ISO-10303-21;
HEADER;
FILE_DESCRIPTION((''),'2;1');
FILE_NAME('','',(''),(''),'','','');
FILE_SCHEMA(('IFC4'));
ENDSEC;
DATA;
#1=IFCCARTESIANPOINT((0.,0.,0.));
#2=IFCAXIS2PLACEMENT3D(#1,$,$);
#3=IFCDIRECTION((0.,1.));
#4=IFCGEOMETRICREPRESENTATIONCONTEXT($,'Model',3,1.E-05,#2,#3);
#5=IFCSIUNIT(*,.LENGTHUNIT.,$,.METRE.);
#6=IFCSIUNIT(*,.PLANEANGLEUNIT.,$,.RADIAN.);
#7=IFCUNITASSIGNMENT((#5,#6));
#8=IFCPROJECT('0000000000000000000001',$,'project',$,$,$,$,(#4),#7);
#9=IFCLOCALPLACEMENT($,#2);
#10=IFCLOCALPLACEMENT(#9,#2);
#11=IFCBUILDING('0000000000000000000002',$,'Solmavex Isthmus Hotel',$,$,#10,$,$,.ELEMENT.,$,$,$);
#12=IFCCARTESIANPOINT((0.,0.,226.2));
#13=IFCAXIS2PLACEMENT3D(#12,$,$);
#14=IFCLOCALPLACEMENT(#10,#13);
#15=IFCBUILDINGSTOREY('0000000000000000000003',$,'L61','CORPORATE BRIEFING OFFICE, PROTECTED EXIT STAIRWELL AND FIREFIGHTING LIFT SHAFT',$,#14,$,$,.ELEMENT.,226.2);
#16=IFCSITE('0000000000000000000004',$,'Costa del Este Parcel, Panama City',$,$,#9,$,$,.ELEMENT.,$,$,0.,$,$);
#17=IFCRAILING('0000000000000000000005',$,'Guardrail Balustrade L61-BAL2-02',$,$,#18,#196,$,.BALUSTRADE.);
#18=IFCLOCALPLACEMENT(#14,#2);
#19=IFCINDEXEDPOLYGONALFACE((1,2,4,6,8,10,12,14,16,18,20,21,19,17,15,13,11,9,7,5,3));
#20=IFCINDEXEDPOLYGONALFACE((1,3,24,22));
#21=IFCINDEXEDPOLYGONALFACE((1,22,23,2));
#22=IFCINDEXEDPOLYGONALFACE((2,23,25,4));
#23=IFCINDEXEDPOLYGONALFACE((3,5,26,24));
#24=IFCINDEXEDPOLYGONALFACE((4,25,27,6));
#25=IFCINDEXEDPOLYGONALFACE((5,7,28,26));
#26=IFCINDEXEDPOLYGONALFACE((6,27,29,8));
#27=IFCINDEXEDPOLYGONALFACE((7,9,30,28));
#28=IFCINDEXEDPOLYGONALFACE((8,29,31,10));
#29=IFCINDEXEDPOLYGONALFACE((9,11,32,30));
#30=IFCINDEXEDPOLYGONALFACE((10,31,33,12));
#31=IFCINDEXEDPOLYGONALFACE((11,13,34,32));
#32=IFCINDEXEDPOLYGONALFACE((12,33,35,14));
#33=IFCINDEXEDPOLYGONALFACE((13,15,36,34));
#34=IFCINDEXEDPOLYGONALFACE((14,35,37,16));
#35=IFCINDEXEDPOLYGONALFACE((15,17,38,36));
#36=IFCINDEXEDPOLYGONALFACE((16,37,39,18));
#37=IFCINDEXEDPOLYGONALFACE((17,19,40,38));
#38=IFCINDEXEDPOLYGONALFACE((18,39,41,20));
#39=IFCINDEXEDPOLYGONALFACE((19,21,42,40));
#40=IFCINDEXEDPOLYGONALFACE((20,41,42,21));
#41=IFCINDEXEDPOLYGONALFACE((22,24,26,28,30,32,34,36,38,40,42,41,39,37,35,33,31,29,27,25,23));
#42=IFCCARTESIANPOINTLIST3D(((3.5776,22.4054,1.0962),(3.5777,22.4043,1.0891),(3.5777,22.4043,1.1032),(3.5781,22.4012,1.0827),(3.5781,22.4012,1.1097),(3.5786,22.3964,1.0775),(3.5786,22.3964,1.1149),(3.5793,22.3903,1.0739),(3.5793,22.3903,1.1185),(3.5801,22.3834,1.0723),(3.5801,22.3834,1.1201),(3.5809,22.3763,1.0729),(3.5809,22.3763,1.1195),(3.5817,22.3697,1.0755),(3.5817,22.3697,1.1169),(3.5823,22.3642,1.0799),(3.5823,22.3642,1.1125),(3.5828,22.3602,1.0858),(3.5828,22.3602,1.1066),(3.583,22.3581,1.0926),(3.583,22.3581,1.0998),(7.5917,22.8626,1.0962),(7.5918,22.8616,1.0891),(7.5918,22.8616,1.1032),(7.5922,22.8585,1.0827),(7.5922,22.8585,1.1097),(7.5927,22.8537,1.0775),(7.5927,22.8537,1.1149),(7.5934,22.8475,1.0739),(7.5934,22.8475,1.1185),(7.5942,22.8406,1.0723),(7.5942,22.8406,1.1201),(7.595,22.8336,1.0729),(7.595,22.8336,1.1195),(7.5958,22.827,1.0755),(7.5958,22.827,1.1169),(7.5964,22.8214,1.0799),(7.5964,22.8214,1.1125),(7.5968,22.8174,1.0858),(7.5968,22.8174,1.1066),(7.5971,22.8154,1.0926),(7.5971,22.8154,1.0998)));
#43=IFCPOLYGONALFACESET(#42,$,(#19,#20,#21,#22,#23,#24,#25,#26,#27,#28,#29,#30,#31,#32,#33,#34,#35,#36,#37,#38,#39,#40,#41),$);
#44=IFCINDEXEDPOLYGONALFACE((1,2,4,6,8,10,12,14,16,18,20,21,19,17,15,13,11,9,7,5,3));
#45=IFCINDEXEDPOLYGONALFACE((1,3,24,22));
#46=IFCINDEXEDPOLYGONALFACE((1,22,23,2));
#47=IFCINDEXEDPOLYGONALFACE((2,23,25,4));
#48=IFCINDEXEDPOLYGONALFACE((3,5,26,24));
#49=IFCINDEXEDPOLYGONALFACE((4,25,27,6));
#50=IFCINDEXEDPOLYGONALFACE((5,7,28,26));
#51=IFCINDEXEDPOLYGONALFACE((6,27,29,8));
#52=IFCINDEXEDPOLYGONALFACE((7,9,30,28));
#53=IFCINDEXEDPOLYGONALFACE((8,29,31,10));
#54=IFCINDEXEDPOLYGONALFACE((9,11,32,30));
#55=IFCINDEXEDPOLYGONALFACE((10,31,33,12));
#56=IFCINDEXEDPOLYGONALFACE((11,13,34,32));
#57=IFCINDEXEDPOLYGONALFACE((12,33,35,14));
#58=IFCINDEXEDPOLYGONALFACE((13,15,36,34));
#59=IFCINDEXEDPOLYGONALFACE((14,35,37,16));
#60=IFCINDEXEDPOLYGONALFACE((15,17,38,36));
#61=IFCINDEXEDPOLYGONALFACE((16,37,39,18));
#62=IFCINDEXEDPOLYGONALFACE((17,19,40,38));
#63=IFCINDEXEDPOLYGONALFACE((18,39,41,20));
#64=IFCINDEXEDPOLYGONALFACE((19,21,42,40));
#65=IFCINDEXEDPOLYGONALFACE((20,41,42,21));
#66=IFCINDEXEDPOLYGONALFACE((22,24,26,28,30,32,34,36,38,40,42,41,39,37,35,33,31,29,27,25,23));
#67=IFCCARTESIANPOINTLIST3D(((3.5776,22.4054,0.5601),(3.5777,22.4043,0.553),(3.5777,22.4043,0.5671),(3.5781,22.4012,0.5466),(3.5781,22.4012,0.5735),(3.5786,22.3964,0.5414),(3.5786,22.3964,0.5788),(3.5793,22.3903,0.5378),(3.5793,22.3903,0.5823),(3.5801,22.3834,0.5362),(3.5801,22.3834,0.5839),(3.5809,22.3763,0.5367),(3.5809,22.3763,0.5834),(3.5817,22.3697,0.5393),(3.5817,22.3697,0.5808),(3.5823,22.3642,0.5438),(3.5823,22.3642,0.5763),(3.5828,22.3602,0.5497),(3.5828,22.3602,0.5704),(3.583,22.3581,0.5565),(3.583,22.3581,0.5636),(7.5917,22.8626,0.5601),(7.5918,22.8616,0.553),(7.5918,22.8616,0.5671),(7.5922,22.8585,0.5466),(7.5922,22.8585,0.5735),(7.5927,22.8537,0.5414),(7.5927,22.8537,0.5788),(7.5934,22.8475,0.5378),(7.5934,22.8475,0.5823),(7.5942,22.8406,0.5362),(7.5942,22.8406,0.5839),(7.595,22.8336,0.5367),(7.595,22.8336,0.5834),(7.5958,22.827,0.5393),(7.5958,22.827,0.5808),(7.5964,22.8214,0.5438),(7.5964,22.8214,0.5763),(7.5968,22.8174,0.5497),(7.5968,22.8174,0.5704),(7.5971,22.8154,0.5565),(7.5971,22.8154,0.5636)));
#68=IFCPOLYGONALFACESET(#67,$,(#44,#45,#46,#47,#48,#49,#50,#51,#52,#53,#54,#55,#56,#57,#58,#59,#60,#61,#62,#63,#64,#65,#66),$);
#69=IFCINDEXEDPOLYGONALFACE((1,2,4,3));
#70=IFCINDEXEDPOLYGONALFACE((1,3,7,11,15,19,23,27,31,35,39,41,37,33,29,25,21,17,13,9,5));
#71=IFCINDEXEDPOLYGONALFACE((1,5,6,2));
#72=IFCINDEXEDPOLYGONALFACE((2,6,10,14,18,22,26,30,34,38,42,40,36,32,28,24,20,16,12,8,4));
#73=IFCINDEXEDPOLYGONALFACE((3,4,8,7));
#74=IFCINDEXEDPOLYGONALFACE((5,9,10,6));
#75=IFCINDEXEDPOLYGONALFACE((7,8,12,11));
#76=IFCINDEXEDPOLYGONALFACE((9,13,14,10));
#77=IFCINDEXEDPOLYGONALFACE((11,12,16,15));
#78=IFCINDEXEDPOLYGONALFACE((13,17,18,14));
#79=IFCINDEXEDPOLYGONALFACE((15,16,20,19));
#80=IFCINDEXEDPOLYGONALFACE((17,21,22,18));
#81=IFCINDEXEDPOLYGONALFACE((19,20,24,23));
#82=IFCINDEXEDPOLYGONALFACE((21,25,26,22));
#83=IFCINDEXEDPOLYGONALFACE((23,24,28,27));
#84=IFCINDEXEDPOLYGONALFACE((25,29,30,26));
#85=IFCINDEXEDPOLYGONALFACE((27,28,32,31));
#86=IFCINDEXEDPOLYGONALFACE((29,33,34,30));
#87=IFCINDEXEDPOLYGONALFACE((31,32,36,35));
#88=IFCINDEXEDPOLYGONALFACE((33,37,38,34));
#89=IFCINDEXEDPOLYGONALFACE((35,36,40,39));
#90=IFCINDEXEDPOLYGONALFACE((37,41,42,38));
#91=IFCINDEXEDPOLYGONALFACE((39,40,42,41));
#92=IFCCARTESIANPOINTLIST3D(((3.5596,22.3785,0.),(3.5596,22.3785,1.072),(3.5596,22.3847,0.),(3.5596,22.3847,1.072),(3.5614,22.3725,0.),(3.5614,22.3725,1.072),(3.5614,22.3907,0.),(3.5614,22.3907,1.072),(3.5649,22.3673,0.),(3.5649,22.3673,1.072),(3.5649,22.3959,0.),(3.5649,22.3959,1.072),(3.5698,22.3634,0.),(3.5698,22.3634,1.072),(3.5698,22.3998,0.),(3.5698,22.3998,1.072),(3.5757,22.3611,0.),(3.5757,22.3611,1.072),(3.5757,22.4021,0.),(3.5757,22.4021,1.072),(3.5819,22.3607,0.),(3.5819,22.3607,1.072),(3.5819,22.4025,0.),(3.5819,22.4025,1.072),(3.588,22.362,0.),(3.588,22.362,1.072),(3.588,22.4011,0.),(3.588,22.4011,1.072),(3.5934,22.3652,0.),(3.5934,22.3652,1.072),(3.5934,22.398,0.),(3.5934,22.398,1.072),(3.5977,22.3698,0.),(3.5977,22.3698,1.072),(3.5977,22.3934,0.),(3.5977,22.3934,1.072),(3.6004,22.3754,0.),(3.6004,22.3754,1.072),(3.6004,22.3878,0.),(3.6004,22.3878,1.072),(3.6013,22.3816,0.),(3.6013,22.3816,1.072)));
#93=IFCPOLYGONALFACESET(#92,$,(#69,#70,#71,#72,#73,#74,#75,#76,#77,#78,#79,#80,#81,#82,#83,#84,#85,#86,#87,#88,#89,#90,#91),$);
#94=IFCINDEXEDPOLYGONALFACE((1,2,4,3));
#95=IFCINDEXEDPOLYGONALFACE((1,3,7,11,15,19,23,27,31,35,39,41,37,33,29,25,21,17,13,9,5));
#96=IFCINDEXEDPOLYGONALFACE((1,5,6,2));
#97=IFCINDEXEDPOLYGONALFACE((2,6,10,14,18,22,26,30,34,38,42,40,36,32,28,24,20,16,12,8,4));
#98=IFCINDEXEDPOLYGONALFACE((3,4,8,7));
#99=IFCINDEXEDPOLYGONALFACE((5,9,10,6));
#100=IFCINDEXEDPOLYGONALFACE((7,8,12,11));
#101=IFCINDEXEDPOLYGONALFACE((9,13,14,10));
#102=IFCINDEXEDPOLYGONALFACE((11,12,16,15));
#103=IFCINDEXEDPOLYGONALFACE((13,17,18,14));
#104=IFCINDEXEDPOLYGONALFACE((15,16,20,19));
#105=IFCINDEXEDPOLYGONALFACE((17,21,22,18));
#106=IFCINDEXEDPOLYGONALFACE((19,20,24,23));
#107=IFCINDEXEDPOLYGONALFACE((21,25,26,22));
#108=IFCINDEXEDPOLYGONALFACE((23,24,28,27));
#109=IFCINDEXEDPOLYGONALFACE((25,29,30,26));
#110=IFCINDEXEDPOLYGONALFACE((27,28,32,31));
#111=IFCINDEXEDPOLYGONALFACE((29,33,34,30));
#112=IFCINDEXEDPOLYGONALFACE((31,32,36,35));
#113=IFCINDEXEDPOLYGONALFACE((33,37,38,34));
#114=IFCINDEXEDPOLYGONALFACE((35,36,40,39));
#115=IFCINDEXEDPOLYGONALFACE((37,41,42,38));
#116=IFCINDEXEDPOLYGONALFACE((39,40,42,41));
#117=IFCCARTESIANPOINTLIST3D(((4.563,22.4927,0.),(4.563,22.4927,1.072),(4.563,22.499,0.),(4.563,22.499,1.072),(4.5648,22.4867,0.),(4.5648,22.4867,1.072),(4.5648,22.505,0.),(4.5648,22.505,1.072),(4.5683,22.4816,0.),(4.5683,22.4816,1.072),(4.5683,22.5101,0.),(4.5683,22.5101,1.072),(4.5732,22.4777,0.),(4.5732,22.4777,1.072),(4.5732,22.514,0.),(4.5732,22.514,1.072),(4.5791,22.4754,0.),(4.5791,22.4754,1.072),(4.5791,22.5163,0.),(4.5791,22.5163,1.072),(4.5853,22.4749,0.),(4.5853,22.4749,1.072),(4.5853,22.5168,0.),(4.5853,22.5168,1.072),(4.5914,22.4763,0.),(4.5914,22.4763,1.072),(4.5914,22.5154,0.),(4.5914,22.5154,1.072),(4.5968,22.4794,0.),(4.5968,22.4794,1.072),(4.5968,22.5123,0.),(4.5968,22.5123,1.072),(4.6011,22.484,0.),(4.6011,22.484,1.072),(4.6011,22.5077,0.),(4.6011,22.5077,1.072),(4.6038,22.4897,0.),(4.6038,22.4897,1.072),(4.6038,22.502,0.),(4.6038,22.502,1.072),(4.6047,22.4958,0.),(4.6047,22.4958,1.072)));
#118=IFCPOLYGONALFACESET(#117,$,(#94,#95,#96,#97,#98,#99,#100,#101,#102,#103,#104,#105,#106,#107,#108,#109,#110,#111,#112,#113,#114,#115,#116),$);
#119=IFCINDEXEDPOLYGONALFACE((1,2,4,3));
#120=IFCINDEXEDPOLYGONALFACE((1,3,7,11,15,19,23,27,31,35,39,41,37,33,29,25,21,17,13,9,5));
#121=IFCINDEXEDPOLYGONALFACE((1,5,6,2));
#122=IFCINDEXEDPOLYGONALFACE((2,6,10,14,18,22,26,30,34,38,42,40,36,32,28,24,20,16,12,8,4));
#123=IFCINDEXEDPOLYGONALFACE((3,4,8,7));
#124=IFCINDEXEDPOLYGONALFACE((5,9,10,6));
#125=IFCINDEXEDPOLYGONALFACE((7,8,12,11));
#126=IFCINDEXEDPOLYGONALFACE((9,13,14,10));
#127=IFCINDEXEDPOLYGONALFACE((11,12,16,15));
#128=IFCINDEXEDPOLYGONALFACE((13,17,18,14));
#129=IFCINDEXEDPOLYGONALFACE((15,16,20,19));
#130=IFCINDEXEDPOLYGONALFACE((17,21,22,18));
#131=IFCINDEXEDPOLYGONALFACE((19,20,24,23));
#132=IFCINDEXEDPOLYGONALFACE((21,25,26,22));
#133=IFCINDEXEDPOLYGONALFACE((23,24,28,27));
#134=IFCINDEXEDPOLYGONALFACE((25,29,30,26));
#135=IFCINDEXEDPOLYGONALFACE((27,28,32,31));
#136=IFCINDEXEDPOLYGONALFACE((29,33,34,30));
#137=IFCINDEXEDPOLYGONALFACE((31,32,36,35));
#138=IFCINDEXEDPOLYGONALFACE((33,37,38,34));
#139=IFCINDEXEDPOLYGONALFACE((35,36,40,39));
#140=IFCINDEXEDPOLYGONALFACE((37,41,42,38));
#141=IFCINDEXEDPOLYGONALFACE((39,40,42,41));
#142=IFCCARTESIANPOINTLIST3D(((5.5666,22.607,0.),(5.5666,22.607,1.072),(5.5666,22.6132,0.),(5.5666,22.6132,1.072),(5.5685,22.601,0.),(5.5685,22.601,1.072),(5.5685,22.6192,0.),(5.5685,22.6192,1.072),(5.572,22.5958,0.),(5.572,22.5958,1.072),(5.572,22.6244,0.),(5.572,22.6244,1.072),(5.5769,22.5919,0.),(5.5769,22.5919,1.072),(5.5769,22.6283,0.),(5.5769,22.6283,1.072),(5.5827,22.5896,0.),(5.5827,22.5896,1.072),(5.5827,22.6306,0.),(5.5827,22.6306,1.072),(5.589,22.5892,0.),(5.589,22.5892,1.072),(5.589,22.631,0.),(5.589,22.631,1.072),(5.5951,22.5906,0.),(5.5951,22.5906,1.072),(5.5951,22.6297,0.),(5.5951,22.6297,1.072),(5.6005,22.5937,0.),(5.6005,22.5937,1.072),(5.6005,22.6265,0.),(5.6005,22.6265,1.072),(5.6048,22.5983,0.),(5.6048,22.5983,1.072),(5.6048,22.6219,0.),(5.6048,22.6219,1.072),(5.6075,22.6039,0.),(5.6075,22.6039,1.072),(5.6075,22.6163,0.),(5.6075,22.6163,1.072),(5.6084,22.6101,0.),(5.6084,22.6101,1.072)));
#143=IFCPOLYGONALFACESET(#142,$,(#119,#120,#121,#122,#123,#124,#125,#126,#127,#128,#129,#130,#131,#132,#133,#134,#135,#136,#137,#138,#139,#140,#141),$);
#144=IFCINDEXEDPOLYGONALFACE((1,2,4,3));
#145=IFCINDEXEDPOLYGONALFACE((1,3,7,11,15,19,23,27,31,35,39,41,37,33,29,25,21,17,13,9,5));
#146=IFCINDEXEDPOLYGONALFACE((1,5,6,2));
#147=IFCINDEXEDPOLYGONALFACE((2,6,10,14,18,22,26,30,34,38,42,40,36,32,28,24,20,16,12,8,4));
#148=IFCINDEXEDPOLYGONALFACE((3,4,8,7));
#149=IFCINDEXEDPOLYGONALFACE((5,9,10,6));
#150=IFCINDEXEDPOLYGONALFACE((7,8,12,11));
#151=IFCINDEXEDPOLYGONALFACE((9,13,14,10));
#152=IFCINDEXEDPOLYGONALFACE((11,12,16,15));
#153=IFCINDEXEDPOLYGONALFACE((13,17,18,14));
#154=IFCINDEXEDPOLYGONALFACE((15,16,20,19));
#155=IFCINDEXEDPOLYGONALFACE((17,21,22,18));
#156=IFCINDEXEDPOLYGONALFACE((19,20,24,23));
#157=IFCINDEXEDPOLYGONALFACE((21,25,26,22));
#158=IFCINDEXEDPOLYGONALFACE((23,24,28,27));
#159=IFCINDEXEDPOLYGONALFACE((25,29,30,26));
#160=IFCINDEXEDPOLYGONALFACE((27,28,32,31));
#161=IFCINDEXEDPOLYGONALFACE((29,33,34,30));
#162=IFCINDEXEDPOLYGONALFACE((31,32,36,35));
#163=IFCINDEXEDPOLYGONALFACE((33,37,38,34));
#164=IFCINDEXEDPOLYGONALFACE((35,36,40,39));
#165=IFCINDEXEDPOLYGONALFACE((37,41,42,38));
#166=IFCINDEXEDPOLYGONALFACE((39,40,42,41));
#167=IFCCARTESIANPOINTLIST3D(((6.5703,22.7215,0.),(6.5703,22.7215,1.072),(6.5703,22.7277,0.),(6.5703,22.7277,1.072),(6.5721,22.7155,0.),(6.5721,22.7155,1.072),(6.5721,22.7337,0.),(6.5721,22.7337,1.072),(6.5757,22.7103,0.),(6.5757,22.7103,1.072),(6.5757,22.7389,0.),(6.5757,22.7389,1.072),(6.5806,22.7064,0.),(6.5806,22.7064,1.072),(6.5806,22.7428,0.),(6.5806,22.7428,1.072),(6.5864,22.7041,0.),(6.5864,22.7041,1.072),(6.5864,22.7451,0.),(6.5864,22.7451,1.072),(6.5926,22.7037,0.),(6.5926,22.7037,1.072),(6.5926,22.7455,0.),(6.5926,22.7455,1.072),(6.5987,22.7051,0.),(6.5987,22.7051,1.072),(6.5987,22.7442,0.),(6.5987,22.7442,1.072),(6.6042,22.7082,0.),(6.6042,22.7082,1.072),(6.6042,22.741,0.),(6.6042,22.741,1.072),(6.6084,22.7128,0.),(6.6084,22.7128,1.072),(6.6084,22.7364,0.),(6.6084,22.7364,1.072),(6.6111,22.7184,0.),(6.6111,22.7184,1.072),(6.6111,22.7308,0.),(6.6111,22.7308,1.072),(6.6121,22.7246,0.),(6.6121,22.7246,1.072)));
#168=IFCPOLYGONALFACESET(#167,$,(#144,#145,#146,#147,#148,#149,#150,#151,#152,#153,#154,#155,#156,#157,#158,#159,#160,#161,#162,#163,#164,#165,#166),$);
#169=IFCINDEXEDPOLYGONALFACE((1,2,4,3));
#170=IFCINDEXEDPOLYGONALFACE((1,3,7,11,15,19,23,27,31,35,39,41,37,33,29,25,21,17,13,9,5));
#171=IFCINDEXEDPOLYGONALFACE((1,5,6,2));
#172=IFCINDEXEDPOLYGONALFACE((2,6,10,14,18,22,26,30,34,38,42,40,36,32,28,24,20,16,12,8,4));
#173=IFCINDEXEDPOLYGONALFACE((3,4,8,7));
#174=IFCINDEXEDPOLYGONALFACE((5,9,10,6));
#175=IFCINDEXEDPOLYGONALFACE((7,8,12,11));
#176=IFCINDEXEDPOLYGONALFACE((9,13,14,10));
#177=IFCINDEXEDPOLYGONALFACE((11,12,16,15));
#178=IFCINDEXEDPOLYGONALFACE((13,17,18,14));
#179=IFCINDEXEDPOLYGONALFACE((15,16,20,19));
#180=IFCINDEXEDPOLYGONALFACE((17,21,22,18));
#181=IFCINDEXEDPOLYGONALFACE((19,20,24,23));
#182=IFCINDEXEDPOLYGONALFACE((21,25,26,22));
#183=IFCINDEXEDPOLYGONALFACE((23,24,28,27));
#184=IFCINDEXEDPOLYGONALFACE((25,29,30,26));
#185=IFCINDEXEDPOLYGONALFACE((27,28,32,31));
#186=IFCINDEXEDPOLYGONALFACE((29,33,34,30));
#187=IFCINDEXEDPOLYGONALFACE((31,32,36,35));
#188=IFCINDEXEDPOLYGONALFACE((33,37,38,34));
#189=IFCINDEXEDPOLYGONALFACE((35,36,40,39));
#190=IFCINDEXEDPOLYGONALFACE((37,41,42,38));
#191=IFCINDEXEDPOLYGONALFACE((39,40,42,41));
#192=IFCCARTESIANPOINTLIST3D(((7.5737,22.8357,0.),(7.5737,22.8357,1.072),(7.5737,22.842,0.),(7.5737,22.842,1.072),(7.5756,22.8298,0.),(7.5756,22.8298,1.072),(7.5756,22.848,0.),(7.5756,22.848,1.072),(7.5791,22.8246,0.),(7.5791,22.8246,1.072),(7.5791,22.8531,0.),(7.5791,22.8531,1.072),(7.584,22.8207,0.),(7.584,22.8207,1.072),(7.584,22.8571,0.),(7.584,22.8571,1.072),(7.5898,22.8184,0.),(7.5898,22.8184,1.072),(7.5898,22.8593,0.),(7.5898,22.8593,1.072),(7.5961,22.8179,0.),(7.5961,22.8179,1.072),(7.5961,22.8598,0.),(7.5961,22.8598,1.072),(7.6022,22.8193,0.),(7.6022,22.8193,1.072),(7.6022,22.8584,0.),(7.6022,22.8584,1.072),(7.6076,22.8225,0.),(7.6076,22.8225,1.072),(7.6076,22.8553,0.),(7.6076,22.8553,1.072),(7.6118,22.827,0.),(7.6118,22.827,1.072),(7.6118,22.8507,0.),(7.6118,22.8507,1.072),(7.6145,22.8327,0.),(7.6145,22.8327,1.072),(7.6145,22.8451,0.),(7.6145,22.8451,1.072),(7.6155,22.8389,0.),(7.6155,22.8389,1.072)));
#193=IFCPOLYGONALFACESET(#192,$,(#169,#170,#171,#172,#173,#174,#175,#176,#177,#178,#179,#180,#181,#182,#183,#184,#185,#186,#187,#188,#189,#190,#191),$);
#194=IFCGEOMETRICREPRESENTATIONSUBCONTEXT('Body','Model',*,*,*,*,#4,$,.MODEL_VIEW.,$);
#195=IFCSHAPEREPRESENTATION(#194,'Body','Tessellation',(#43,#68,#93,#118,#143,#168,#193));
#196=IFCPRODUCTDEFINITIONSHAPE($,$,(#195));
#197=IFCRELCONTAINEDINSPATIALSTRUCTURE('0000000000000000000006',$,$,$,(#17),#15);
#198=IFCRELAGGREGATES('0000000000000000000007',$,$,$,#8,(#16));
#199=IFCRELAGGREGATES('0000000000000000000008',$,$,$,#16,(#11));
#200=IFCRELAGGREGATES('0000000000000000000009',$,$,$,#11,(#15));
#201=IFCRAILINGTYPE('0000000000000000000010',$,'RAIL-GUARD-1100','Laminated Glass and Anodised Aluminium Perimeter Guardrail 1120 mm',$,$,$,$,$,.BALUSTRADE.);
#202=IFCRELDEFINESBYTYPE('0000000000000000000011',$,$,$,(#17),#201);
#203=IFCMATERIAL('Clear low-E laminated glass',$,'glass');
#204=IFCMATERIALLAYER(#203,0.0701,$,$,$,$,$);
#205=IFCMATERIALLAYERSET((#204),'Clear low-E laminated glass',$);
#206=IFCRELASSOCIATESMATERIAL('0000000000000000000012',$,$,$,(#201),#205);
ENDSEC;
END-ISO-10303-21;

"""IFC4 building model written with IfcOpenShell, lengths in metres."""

from ifc_helpers import new_model, si_unit, direction, frame, origin, origin_2d, place, context, subcontext, project, spatial, circle, extrude, material, layer, layer_set, type_object, element, save


model = new_model("IFC4")

# Units and contexts
model_context = context("Model", 3, precision=1e-05, world=origin(), true_north=direction((0.0, 1.0)))
body_context = subcontext(model_context, "Body", "Model", "MODEL_VIEW")
ifc_project = project(units=[si_unit("LENGTHUNIT", "METRE"), si_unit("PLANEANGLEUNIT", "RADIAN")], contexts=[model_context])

# Site, building, storey
site_placement = place(None, origin())
site = spatial("IfcSite", under=ifc_project, at=site_placement, Name="Costa del Este Parcel, Panama City", CompositionType="ELEMENT", RefElevation=0.0)
building_placement = place(site_placement, origin())
building = spatial("IfcBuilding", under=site, at=building_placement, Name="Solmavex Isthmus Hotel", CompositionType="ELEMENT")
storey_placement = place(building_placement, frame((0.0, 0.0, 226.2)))
storey = spatial("IfcBuildingStorey", under=building, at=storey_placement, Name="L61", Description="CORPORATE BRIEFING OFFICE, PROTECTED EXIT STAIRWELL AND FIREFIGHTING LIFT SHAFT", CompositionType="ELEMENT", Elevation=226.2)

# Shared definitions
ifc_material_1 = material(Name="Clear low-E laminated glass", Category="glass")

# Railing
ifc_layer_1 = layer(ifc_material_1, 0.0701)
ifc_layer_set_1 = layer_set([ifc_layer_1], Name="Clear low-E laminated glass")
railing_type = type_object("IfcRailingType", Name="RAIL-GUARD-1100", Description="Laminated Glass and Anodised Aluminium Perimeter Guardrail 1120 mm", PredefinedType="BALUSTRADE", material=ifc_layer_set_1)
railing_1_placement = place(storey_placement, frame((3.5803, 22.3816, 0.0)))
element("IfcRailing", 1, at=railing_1_placement, inside=storey, type_object=railing_type, Name="Guardrail Balustrade L61-BAL2-02", PredefinedType="BALUSTRADE", context=body_context, shape_type="SweptSolid", body=[
    extrude(circle(Radius=0.0239, at=origin_2d()), frame((0.0, 0.0, 1.0962), z_axis=(0.993574, 0.113184, 0.0), x_axis=(-0.113184, 0.993574, 0.0)), (0.0, 0.0, 1.0), 4.04),
    extrude(circle(Radius=0.0239, at=origin_2d()), frame((0.0, 0.0, 0.5601), z_axis=(0.993574, 0.113184, 0.0), x_axis=(-0.113184, 0.993574, 0.0)), (0.0, 0.0, 1.0), 4.04),
    extrude(circle(Radius=0.021, at=origin_2d()), origin(), (0.0, 0.0, 1.0), 1.072),
    extrude(circle(Radius=0.021, at=origin_2d()), frame((1.0034, 0.1143, 0.0)), (0.0, 0.0, 1.0), 1.072),
    extrude(circle(Radius=0.021, at=origin_2d()), frame((2.0071, 0.2285, 0.0)), (0.0, 0.0, 1.0), 1.072),
    extrude(circle(Radius=0.021, at=origin_2d()), frame((3.0107, 0.343, 0.0)), (0.0, 0.0, 1.0), 1.072),
    extrude(circle(Radius=0.021, at=origin_2d()), frame((4.0142, 0.4573, 0.0)), (0.0, 0.0, 1.0), 1.072),
])

save(model, "model.ifc")
